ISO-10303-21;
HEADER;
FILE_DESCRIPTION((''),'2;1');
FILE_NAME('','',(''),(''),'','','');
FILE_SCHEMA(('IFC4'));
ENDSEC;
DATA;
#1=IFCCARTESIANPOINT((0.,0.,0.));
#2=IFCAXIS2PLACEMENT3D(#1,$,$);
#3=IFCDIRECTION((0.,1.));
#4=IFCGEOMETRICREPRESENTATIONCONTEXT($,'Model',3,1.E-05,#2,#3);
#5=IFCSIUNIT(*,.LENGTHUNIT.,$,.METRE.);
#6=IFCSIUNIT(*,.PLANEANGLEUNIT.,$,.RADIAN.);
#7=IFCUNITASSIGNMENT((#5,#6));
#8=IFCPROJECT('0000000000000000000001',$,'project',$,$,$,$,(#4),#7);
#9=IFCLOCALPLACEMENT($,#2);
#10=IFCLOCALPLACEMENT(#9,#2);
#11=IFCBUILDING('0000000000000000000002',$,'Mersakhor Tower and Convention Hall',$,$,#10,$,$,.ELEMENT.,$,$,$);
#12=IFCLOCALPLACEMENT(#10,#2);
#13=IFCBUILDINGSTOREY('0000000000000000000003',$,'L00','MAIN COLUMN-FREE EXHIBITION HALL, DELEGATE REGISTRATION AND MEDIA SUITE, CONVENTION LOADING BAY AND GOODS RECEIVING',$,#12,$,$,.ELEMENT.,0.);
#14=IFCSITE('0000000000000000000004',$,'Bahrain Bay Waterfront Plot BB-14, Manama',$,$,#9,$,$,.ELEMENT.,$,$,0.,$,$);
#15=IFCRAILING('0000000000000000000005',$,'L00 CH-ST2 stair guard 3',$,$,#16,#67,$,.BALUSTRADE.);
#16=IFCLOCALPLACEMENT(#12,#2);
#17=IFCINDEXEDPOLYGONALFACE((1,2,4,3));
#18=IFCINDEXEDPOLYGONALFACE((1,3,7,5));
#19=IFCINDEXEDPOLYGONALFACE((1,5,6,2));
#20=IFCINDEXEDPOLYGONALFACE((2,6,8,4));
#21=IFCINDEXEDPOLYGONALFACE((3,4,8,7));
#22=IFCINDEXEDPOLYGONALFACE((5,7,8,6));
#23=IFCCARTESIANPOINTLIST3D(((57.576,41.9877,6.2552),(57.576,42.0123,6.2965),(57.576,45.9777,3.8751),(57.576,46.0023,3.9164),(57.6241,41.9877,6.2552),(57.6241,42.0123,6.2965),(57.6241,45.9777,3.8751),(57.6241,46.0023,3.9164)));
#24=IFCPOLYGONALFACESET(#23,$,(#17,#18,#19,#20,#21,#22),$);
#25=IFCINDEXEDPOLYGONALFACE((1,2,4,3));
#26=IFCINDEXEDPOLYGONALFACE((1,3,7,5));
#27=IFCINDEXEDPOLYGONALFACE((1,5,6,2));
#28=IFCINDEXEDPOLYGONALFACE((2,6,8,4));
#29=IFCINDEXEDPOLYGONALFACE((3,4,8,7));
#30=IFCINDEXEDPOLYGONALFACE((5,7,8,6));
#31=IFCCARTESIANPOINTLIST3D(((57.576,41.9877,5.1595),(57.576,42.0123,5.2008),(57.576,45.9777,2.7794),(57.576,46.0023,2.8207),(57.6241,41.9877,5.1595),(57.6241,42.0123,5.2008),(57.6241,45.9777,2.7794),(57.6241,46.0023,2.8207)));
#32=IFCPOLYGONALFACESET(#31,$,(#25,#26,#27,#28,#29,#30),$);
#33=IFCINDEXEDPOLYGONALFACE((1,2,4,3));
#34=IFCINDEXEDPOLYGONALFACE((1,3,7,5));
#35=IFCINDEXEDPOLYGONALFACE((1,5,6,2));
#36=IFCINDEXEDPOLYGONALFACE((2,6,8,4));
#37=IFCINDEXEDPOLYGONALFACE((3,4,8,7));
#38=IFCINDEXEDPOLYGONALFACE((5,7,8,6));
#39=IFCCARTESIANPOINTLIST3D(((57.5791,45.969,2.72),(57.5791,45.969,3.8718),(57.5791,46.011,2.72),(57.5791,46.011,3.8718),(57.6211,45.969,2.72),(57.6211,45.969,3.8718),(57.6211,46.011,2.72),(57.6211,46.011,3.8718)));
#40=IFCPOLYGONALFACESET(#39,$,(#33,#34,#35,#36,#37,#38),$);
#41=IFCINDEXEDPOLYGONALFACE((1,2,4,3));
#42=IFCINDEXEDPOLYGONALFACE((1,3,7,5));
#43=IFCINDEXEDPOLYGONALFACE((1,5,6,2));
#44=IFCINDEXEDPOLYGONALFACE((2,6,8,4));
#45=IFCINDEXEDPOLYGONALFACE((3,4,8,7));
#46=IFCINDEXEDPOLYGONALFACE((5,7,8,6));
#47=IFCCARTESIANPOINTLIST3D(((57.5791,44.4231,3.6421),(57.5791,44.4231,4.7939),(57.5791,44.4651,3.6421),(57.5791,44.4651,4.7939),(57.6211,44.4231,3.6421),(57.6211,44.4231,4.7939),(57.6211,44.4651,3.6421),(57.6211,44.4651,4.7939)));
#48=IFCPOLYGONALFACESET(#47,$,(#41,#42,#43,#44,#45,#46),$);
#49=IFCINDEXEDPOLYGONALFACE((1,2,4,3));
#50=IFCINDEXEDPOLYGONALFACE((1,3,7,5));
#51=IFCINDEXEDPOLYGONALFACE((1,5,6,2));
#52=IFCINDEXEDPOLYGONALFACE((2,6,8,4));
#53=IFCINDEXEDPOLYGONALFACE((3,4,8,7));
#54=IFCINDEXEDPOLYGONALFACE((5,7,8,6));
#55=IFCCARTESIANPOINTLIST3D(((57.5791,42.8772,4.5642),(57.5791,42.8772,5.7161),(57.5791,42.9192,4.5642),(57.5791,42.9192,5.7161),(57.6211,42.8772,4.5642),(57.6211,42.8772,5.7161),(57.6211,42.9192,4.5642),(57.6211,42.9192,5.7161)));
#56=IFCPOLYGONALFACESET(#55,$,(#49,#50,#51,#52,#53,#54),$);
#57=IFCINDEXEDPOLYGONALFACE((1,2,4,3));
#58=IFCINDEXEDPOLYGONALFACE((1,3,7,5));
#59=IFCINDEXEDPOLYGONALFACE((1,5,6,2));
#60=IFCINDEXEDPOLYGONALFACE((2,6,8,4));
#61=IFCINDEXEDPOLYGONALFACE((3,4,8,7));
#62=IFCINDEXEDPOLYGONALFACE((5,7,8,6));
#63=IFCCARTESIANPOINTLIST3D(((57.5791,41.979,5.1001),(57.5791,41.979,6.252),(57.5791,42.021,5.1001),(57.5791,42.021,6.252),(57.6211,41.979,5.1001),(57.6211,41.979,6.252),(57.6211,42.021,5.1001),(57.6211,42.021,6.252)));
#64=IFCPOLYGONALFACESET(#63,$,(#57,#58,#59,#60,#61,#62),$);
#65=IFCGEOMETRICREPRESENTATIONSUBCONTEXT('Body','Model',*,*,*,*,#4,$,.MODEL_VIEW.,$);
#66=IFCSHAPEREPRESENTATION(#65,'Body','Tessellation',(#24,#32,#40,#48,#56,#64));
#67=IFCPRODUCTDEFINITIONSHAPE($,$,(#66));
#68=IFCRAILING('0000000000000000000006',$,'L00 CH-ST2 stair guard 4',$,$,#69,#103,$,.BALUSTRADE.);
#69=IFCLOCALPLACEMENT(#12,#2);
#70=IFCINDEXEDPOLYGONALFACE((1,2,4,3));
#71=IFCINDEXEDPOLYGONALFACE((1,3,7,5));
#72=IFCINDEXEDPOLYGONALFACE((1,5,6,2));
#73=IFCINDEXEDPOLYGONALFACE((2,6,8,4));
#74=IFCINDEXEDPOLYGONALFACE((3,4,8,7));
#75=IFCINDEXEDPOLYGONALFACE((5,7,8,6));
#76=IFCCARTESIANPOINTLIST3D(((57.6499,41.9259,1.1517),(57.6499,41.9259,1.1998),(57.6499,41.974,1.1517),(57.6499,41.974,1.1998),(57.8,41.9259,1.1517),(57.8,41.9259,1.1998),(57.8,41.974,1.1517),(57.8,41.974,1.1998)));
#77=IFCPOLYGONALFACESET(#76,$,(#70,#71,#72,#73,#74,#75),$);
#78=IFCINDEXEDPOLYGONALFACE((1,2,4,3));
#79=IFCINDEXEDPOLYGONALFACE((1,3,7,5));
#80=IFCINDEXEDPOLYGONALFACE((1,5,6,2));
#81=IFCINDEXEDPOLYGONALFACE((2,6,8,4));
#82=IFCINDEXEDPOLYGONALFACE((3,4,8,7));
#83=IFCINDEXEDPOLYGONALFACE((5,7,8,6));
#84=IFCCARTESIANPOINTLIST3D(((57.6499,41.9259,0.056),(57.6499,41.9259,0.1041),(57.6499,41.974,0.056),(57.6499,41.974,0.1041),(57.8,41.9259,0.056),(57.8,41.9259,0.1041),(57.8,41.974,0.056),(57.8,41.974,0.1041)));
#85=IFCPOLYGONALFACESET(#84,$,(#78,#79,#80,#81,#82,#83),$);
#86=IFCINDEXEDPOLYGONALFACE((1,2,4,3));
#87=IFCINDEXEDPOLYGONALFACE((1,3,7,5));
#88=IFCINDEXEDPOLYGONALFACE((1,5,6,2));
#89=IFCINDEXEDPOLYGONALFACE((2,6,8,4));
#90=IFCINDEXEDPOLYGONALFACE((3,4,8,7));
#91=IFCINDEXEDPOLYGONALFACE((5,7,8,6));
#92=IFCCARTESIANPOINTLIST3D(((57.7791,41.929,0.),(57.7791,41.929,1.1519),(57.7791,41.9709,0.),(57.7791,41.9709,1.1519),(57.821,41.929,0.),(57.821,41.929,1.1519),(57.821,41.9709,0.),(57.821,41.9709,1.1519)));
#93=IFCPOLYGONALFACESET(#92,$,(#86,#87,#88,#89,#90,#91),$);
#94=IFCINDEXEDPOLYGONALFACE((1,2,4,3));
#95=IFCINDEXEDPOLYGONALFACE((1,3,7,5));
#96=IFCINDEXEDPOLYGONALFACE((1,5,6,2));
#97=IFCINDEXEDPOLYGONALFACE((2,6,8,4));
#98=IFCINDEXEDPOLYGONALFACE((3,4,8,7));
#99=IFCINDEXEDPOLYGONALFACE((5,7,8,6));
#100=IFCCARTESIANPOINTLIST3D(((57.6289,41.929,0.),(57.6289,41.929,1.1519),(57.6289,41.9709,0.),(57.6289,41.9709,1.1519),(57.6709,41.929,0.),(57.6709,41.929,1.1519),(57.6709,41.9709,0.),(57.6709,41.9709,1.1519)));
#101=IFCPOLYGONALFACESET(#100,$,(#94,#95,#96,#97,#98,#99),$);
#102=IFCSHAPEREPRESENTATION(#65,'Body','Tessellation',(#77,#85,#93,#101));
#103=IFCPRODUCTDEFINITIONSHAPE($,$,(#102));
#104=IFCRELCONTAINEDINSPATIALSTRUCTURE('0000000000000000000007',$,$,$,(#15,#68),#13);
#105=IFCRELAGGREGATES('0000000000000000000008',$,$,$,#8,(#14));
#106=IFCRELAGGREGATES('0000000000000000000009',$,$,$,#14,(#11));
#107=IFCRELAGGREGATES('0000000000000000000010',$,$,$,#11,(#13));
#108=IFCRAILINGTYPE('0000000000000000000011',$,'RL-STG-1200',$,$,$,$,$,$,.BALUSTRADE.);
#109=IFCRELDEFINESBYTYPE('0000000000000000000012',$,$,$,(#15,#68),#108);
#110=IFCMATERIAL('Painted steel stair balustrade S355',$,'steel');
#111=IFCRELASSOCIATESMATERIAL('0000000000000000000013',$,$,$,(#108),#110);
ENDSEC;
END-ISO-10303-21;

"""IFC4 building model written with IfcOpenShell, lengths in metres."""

from ifc_helpers import new_model, si_unit, direction, frame, origin, origin_2d, place, context, subcontext, project, spatial, rectangle, extrude, material, type_object, element, save


model = new_model("IFC4")

# Units and contexts
model_context = context("Model", 3, precision=1e-05, world=origin(), true_north=direction((0.0, 1.0)))
body_context = subcontext(model_context, "Body", "Model", "MODEL_VIEW")
ifc_project = project(units=[si_unit("LENGTHUNIT", "METRE"), si_unit("PLANEANGLEUNIT", "RADIAN")], contexts=[model_context])

# Site, building, storey
site_placement = place(None, origin())
site = spatial("IfcSite", under=ifc_project, at=site_placement, Name="Bahrain Bay Waterfront Plot BB-14, Manama", CompositionType="ELEMENT", RefElevation=0.0)
building_placement = place(site_placement, origin())
building = spatial("IfcBuilding", under=site, at=building_placement, Name="Mersakhor Tower and Convention Hall", CompositionType="ELEMENT")
storey_placement = place(building_placement, origin())
storey = spatial("IfcBuildingStorey", under=building, at=storey_placement, Name="L00", Description="MAIN COLUMN-FREE EXHIBITION HALL, DELEGATE REGISTRATION AND MEDIA SUITE, CONVENTION LOADING BAY AND GOODS RECEIVING", CompositionType="ELEMENT", Elevation=0.0)

# Railings
ifc_material_1 = material(Name="Painted steel stair balustrade S355", Category="steel")
railing_type_1 = type_object("IfcRailingType", Name="RL-STG-1200", PredefinedType="BALUSTRADE", material=ifc_material_1)
railing_1_placement = place(storey_placement, frame((57.6001, 45.99, 2.72)))
element("IfcRailing", 1, at=railing_1_placement, inside=storey, type_object=railing_type_1, Name="L00 CH-ST2 stair guard 3", PredefinedType="BALUSTRADE", context=body_context, shape_type="SweptSolid", body=[
    extrude(rectangle(XDim=0.0481, YDim=0.0481, at=origin_2d()), frame((0.0, 0.0, 1.1758), z_axis=(0.0, -0.858807, 0.512299), x_axis=(1.0, 0.0, 0.0)), (0.0, 0.0, 1.0), 4.646),
    extrude(rectangle(XDim=0.0481, YDim=0.0481, at=origin_2d()), frame((0.0, 0.0, 0.0801), z_axis=(0.0, -0.858807, 0.512299), x_axis=(1.0, 0.0, 0.0)), (0.0, 0.0, 1.0), 4.646),
    extrude(rectangle(XDim=0.042, YDim=0.042, at=origin_2d()), origin(), (0.0, 0.0, 1.0), 1.1519),
    extrude(rectangle(XDim=0.042, YDim=0.042, at=origin_2d()), frame((0.0, -1.5459, 0.9221)), (0.0, 0.0, 1.0), 1.1519),
    extrude(rectangle(XDim=0.042, YDim=0.042, at=origin_2d()), frame((0.0, -3.0918, 1.8442)), (0.0, 0.0, 1.0), 1.1519),
    extrude(rectangle(XDim=0.042, YDim=0.042, at=origin_2d()), frame((0.0, -3.99, 2.3801)), (0.0, 0.0, 1.0), 1.1519),
])
railing_2_placement = place(storey_placement, frame((57.8, 41.95, 0.0)))
element("IfcRailing", 2, at=railing_2_placement, inside=storey, type_object=railing_type_1, Name="L00 CH-ST2 stair guard 4", PredefinedType="BALUSTRADE", context=body_context, shape_type="SweptSolid", body=[
    extrude(rectangle(XDim=0.0481, YDim=0.0481, at=origin_2d()), frame((0.0, 0.0, 1.1758), z_axis=(-1.0, 0.0, 0.0), x_axis=(0.0, -1.0, 0.0)), (0.0, 0.0, 1.0), 0.1501),
    extrude(rectangle(XDim=0.0481, YDim=0.0481, at=origin_2d()), frame((0.0, 0.0, 0.0801), z_axis=(-1.0, 0.0, 0.0), x_axis=(0.0, -1.0, 0.0)), (0.0, 0.0, 1.0), 0.1501),
    extrude(rectangle(XDim=0.042, YDim=0.042, at=origin_2d()), origin(), (0.0, 0.0, 1.0), 1.1519),
    extrude(rectangle(XDim=0.042, YDim=0.042, at=origin_2d()), frame((-0.1501, 0.0, 0.0)), (0.0, 0.0, 1.0), 1.1519),
])

save(model, "model.ifc")
